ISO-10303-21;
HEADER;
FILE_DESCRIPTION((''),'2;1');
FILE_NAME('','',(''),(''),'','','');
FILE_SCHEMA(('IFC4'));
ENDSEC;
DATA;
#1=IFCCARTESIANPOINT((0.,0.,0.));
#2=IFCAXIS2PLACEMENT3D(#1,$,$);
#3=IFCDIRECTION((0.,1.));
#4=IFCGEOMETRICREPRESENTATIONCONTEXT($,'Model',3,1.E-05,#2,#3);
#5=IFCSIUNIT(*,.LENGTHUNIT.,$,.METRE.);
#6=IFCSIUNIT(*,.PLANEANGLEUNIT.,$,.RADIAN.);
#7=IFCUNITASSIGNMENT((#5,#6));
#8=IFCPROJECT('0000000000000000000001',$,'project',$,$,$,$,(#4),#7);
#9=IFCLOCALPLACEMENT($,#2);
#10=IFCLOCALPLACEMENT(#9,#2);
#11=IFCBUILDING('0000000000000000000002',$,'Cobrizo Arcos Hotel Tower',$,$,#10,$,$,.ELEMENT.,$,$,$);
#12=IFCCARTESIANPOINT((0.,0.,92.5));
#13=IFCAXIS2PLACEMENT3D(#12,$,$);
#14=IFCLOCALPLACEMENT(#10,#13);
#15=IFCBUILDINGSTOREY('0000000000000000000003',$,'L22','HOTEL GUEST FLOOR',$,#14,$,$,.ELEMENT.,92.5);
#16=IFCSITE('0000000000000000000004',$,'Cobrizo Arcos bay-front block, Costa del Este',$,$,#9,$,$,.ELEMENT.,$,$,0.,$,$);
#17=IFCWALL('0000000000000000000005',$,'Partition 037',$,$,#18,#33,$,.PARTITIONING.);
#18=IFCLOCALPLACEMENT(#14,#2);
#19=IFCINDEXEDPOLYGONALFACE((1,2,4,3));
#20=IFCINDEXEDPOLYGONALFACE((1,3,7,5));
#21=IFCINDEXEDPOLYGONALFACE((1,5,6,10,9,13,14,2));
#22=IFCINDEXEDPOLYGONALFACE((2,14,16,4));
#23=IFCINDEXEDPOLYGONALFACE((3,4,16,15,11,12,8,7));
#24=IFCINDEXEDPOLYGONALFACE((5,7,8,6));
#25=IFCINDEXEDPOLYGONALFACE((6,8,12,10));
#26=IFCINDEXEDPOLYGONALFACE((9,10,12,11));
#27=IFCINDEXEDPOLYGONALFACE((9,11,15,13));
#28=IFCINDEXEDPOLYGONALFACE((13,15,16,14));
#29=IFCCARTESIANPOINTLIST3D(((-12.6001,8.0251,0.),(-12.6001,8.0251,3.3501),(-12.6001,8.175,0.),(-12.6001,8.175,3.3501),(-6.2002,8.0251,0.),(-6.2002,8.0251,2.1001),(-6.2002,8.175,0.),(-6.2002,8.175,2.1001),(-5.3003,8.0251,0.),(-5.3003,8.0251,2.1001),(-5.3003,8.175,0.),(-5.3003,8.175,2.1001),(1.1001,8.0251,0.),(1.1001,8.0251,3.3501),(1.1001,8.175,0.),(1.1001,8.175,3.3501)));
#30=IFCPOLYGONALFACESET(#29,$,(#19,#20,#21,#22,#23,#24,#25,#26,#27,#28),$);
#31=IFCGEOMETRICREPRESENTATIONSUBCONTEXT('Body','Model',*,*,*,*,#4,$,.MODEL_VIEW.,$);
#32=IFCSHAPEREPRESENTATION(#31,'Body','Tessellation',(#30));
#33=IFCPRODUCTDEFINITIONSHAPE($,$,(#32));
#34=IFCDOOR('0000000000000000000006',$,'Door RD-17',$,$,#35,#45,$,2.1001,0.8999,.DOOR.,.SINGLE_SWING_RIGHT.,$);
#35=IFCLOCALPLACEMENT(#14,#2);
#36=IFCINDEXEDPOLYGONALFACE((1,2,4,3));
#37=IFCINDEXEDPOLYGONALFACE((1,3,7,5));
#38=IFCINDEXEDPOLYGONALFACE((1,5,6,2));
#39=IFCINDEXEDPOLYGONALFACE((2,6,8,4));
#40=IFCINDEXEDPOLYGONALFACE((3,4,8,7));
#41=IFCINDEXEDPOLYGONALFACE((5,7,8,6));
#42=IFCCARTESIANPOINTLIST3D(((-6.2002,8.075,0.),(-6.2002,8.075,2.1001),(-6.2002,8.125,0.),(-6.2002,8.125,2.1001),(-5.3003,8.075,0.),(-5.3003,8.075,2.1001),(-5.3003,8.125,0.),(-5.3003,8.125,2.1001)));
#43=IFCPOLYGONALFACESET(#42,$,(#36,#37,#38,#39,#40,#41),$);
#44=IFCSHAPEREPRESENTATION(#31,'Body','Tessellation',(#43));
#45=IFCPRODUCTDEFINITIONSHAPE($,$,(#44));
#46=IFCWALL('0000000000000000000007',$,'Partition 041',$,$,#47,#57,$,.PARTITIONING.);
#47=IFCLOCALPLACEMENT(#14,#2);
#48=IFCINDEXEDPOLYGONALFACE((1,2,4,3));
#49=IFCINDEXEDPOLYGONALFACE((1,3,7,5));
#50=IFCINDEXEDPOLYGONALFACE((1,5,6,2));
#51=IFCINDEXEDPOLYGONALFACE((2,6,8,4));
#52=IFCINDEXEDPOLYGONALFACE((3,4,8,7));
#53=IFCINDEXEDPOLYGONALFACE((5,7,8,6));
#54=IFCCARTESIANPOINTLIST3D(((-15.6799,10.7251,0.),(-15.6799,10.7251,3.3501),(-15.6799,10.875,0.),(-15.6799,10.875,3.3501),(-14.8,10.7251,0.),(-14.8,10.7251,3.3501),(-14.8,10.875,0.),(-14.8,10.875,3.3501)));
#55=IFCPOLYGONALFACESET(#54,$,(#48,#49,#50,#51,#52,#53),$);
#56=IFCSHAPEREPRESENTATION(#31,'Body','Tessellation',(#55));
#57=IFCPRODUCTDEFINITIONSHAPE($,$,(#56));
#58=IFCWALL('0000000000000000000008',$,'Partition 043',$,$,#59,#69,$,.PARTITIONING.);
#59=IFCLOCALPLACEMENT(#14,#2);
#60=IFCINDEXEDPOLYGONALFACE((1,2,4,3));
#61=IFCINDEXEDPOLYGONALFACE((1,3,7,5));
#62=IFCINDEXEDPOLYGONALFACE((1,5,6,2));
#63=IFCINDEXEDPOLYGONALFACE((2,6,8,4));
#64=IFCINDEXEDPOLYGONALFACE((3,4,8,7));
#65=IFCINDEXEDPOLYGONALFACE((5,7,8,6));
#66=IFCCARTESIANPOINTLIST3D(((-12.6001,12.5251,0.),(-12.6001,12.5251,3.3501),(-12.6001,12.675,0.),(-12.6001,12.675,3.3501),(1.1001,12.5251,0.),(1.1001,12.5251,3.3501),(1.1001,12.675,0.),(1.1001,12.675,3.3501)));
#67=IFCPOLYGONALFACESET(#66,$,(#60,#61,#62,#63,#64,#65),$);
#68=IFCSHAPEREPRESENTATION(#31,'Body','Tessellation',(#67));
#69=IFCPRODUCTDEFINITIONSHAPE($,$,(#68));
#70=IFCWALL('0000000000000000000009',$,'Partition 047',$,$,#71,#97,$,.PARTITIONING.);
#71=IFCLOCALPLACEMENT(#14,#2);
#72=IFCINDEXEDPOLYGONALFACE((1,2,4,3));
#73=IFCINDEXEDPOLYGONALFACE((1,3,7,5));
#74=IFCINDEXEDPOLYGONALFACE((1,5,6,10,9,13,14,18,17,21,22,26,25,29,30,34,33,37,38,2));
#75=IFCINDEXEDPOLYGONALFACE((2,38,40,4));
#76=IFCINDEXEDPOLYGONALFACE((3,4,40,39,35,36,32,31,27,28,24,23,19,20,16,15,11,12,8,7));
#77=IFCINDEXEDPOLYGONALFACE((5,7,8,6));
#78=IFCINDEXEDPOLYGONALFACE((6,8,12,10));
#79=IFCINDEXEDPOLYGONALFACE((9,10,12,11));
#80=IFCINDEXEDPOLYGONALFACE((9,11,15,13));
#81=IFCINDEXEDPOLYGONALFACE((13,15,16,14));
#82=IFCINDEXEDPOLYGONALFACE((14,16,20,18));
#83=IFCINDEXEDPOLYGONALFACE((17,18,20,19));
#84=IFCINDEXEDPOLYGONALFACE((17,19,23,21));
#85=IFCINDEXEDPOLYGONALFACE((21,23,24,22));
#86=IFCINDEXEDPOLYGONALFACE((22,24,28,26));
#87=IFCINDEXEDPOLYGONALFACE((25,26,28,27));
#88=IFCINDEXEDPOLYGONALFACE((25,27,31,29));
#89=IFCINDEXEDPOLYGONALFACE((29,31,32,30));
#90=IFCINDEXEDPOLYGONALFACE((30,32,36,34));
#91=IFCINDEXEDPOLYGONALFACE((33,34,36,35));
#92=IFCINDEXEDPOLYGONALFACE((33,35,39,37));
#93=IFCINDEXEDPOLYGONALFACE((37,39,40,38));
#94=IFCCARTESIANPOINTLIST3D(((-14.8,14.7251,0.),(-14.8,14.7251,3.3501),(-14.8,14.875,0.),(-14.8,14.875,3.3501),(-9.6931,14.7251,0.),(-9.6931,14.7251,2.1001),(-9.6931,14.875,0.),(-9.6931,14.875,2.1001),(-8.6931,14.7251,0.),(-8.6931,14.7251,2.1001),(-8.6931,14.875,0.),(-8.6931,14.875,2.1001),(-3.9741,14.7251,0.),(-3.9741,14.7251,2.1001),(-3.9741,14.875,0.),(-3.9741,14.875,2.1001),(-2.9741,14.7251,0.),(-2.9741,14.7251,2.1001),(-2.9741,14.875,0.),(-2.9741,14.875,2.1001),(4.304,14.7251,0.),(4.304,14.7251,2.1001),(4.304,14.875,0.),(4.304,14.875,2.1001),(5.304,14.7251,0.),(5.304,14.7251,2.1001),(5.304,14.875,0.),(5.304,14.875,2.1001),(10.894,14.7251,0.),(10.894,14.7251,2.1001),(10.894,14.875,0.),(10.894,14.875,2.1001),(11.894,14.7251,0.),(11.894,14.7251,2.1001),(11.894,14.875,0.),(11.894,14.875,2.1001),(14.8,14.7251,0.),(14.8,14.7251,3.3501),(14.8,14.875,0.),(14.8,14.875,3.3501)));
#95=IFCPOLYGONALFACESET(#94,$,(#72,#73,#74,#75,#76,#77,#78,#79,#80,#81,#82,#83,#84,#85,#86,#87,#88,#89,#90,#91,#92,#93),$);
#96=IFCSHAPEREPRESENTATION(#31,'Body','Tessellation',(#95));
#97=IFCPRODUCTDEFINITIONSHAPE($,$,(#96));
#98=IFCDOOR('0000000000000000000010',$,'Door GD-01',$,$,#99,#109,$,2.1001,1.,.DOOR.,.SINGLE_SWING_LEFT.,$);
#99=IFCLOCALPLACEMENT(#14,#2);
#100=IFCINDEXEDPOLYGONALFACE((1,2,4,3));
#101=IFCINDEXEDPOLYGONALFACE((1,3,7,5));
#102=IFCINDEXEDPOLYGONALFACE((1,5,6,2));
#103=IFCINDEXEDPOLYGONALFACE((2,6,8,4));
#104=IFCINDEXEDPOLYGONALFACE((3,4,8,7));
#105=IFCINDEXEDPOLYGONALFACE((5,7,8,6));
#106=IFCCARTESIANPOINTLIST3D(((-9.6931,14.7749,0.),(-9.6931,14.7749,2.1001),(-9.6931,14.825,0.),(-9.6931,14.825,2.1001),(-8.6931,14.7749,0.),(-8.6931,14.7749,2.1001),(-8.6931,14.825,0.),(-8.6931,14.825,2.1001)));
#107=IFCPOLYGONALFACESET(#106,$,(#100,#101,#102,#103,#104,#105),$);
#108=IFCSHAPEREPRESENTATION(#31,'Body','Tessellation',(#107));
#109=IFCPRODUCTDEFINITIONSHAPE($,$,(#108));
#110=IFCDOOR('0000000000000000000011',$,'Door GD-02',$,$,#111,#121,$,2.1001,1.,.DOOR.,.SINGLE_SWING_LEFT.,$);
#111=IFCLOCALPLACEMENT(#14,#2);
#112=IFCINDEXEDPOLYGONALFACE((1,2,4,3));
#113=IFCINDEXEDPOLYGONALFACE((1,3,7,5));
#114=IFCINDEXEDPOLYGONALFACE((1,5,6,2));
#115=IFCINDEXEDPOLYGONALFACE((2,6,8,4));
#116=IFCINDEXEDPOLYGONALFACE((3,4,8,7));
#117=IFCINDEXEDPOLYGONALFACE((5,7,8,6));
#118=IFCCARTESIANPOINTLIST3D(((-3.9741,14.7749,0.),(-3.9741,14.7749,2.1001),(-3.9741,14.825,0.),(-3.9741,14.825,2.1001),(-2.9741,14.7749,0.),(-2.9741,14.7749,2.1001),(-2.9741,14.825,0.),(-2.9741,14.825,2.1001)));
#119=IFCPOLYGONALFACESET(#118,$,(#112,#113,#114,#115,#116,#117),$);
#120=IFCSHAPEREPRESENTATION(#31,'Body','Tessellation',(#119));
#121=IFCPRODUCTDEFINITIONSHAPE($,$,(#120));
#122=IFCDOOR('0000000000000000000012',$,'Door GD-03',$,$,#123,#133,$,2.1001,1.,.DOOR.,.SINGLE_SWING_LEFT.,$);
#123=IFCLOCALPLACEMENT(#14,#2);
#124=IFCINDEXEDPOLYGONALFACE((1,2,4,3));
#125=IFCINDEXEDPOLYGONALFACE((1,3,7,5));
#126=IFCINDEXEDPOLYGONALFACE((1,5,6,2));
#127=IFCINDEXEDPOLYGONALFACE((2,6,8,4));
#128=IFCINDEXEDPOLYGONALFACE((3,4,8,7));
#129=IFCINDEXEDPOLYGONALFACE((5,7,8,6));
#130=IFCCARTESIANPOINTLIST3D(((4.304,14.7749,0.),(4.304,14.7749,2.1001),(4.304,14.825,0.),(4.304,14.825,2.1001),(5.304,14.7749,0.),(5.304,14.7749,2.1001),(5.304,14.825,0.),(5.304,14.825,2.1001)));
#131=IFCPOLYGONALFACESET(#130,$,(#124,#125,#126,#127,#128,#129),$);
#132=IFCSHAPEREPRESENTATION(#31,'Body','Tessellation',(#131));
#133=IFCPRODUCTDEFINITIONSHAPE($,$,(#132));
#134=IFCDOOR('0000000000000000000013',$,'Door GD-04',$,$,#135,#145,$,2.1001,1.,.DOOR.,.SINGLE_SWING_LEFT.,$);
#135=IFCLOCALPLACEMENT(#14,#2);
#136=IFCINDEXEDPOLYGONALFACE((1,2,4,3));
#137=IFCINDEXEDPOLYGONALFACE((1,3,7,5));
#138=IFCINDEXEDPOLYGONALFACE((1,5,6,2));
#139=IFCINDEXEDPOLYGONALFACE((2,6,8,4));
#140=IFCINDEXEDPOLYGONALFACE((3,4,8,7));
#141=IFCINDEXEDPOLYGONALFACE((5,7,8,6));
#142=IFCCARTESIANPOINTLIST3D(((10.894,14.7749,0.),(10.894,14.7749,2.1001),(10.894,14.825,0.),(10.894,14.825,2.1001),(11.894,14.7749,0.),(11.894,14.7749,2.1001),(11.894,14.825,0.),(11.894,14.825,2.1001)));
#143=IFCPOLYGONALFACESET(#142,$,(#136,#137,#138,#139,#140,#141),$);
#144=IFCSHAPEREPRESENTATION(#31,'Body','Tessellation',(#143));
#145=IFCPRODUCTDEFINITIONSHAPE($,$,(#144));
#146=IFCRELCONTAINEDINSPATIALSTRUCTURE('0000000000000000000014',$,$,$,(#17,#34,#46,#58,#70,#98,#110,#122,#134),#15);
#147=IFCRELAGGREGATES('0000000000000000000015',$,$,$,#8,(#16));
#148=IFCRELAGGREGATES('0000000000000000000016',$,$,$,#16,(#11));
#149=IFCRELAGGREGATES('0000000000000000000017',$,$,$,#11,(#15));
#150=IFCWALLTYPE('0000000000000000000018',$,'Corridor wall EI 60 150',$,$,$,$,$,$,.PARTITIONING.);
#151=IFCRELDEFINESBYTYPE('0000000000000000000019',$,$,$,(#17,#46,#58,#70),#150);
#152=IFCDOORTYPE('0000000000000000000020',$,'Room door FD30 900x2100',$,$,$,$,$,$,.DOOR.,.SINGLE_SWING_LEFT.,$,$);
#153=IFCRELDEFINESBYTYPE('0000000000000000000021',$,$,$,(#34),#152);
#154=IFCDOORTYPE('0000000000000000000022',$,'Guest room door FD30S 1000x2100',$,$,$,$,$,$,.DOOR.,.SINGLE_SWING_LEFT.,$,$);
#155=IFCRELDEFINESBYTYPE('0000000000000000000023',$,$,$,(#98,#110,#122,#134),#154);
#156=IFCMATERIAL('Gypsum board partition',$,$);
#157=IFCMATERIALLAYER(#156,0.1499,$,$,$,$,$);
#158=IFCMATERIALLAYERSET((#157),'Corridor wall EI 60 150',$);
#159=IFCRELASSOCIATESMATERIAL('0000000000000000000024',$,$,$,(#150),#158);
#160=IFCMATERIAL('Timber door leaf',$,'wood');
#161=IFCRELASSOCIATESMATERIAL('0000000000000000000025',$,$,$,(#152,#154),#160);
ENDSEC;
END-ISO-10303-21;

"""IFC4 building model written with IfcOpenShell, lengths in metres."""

from ifc_helpers import new_model, si_unit, direction, frame, frame_2d, origin, place, context, subcontext, project, spatial, rectangle, extrude, material, layer, layer_set, type_object, element, fill, save


model = new_model("IFC4")

# Units and contexts
model_context = context("Model", 3, precision=1e-05, world=origin(), true_north=direction((0.0, 1.0)))
body_context = subcontext(model_context, "Body", "Model", "MODEL_VIEW")
ifc_project = project(units=[si_unit("LENGTHUNIT", "METRE"), si_unit("PLANEANGLEUNIT", "RADIAN")], contexts=[model_context])

# Site, building, storey
site_placement = place(None, origin())
site = spatial("IfcSite", under=ifc_project, at=site_placement, Name="Cobrizo Arcos bay-front block, Costa del Este", CompositionType="ELEMENT", RefElevation=0.0)
building_placement = place(site_placement, origin())
building = spatial("IfcBuilding", under=site, at=building_placement, Name="Cobrizo Arcos Hotel Tower", CompositionType="ELEMENT")
storey_placement = place(building_placement, frame((0.0, 0.0, 92.5)))
storey = spatial("IfcBuildingStorey", under=building, at=storey_placement, Name="L22", Description="HOTEL GUEST FLOOR", CompositionType="ELEMENT", Elevation=92.5)

# Shared definitions
ifc_material_1 = material(Name="Gypsum board partition")
ifc_layer_1 = layer(ifc_material_1, 0.1499)
ifc_layer_set_1 = layer_set([ifc_layer_1], Name="Corridor wall EI 60 150")
wall_type_1 = type_object("IfcWallType", Name="Corridor wall EI 60 150", PredefinedType="PARTITIONING", material=ifc_layer_set_1)

# Wall, opening, door
wall_1_placement = place(storey_placement, frame((-12.6001, 8.1001, 0.0), z_axis=(0.0, 0.0, 1.0), x_axis=(1.0, 0.0, 0.0)))
wall_1 = element("IfcWall", 1, at=wall_1_placement, inside=storey, type_object=wall_type_1, Name="Partition 037", PredefinedType="PARTITIONING", context=body_context, shape_type="SweptSolid", body=[
    extrude(rectangle(XDim=13.7002, YDim=0.1499, at=frame_2d((6.8501, 0.0))), origin(), (0.0, 0.0, 1.0), 3.3501),
])
opening_1_placement = place(wall_1_placement, frame((6.3999, 0.0, 0.0)))
opening_1 = element("IfcOpeningElement", 2, at=opening_1_placement, cuts=wall_1, PredefinedType="OPENING", context=body_context, shape_type="SweptSolid", body=[
    extrude(rectangle(XDim=0.8999, YDim=2.1001, at=frame_2d((0.45, 1.05))), frame((0.0, 0.0869, 0.0), z_axis=(0.0, -1.0, 0.0), x_axis=(1.0, 0.0, 0.0)), (0.0, 0.0, 1.0), 0.1738),
])
ifc_material_2 = material(Name="Timber door leaf", Category="wood")
door_type_1 = type_object("IfcDoorType", Name="Room door FD30 900x2100", OperationType="SINGLE_SWING_LEFT", PredefinedType="DOOR", material=ifc_material_2)
door_1_placement = place(opening_1_placement, origin())
door_1 = element("IfcDoor", 3, at=door_1_placement, inside=storey, type_object=door_type_1, Name="Door RD-17", OperationType="SINGLE_SWING_RIGHT", OverallHeight=2.1001, OverallWidth=0.8999, PredefinedType="DOOR", context=body_context, shape_type="SweptSolid", body=[
    extrude(rectangle(XDim=0.8999, YDim=2.1001, at=frame_2d((0.45, 1.05))), frame((0.0, 0.0249, 0.0), z_axis=(0.0, -1.0, 0.0), x_axis=(1.0, 0.0, 0.0)), (0.0, 0.0, 1.0), 0.05),
])
fill(opening_1, door_1)

# Walls
wall_2_placement = place(storey_placement, frame((-15.6799, 10.8, 0.0), z_axis=(0.0, 0.0, 1.0), x_axis=(1.0, 0.0, 0.0)))
element("IfcWall", 4, at=wall_2_placement, inside=storey, type_object=wall_type_1, Name="Partition 041", PredefinedType="PARTITIONING", context=body_context, shape_type="SweptSolid", body=[
    extrude(rectangle(XDim=0.8799, YDim=0.1499, at=frame_2d((0.4399, 0.0))), origin(), (0.0, 0.0, 1.0), 3.3501),
])
wall_3_placement = place(storey_placement, frame((-12.6001, 12.6001, 0.0), z_axis=(0.0, 0.0, 1.0), x_axis=(1.0, 0.0, 0.0)))
element("IfcWall", 5, at=wall_3_placement, inside=storey, type_object=wall_type_1, Name="Partition 043", PredefinedType="PARTITIONING", context=body_context, shape_type="SweptSolid", body=[
    extrude(rectangle(XDim=13.7002, YDim=0.1499, at=frame_2d((6.8501, 0.0))), origin(), (0.0, 0.0, 1.0), 3.3501),
])

# Wall, openings, doors
wall_4_placement = place(storey_placement, frame((-14.8, 14.8, 0.0), z_axis=(0.0, 0.0, 1.0), x_axis=(1.0, 0.0, 0.0)))
wall_4 = element("IfcWall", 6, at=wall_4_placement, inside=storey, type_object=wall_type_1, Name="Partition 047", PredefinedType="PARTITIONING", context=body_context, shape_type="SweptSolid", body=[
    extrude(rectangle(XDim=29.6001, YDim=0.1499, at=frame_2d((14.8, 0.0))), origin(), (0.0, 0.0, 1.0), 3.3501),
])
opening_2_placement = place(wall_4_placement, frame((5.1069, 0.0, 0.0)))
opening_2 = element("IfcOpeningElement", 7, at=opening_2_placement, cuts=wall_4, PredefinedType="OPENING", context=body_context, shape_type="SweptSolid", body=[
    extrude(rectangle(XDim=1.0, YDim=2.1001, at=frame_2d((0.5, 1.05))), frame((0.0, 0.0869, 0.0), z_axis=(0.0, -1.0, 0.0), x_axis=(1.0, 0.0, 0.0)), (0.0, 0.0, 1.0), 0.1738),
])
opening_3_placement = place(wall_4_placement, frame((10.8259, 0.0, 0.0)))
opening_3 = element("IfcOpeningElement", 8, at=opening_3_placement, cuts=wall_4, PredefinedType="OPENING", context=body_context, shape_type="SweptSolid", body=[
    extrude(rectangle(XDim=1.0, YDim=2.1001, at=frame_2d((0.5, 1.05))), frame((0.0, 0.0869, 0.0), z_axis=(0.0, -1.0, 0.0), x_axis=(1.0, 0.0, 0.0)), (0.0, 0.0, 1.0), 0.1738),
])
opening_4_placement = place(wall_4_placement, frame((19.104, 0.0, 0.0)))
opening_4 = element("IfcOpeningElement", 9, at=opening_4_placement, cuts=wall_4, PredefinedType="OPENING", context=body_context, shape_type="SweptSolid", body=[
    extrude(rectangle(XDim=1.0, YDim=2.1001, at=frame_2d((0.5, 1.05))), frame((0.0, 0.0869, 0.0), z_axis=(0.0, -1.0, 0.0), x_axis=(1.0, 0.0, 0.0)), (0.0, 0.0, 1.0), 0.1738),
])
opening_5_placement = place(wall_4_placement, frame((25.6941, 0.0, 0.0)))
opening_5 = element("IfcOpeningElement", 10, at=opening_5_placement, cuts=wall_4, PredefinedType="OPENING", context=body_context, shape_type="SweptSolid", body=[
    extrude(rectangle(XDim=1.0, YDim=2.1001, at=frame_2d((0.5, 1.05))), frame((0.0, 0.0869, 0.0), z_axis=(0.0, -1.0, 0.0), x_axis=(1.0, 0.0, 0.0)), (0.0, 0.0, 1.0), 0.1738),
])
door_type_2 = type_object("IfcDoorType", Name="Guest room door FD30S 1000x2100", OperationType="SINGLE_SWING_LEFT", PredefinedType="DOOR", material=ifc_material_2)
door_2_placement = place(opening_2_placement, origin())
door_2 = element("IfcDoor", 11, at=door_2_placement, inside=storey, type_object=door_type_2, Name="Door GD-01", OperationType="SINGLE_SWING_LEFT", OverallHeight=2.1001, OverallWidth=1.0, PredefinedType="DOOR", context=body_context, shape_type="SweptSolid", body=[
    extrude(rectangle(XDim=1.0, YDim=2.1001, at=frame_2d((0.5, 1.05))), frame((0.0, 0.0249, 0.0), z_axis=(0.0, -1.0, 0.0), x_axis=(1.0, 0.0, 0.0)), (0.0, 0.0, 1.0), 0.05),
])
fill(opening_2, door_2)
door_3_placement = place(opening_3_placement, origin())
door_3 = element("IfcDoor", 12, at=door_3_placement, inside=storey, type_object=door_type_2, Name="Door GD-02", OperationType="SINGLE_SWING_LEFT", OverallHeight=2.1001, OverallWidth=1.0, PredefinedType="DOOR", context=body_context, shape_type="SweptSolid", body=[
    extrude(rectangle(XDim=1.0, YDim=2.1001, at=frame_2d((0.5, 1.05))), frame((0.0, 0.0249, 0.0), z_axis=(0.0, -1.0, 0.0), x_axis=(1.0, 0.0, 0.0)), (0.0, 0.0, 1.0), 0.05),
])
fill(opening_3, door_3)
door_4_placement = place(opening_4_placement, origin())
door_4 = element("IfcDoor", 13, at=door_4_placement, inside=storey, type_object=door_type_2, Name="Door GD-03", OperationType="SINGLE_SWING_LEFT", OverallHeight=2.1001, OverallWidth=1.0, PredefinedType="DOOR", context=body_context, shape_type="SweptSolid", body=[
    extrude(rectangle(XDim=1.0, YDim=2.1001, at=frame_2d((0.5, 1.05))), frame((0.0, 0.0249, 0.0), z_axis=(0.0, -1.0, 0.0), x_axis=(1.0, 0.0, 0.0)), (0.0, 0.0, 1.0), 0.05),
])
fill(opening_4, door_4)
door_5_placement = place(opening_5_placement, origin())
door_5 = element("IfcDoor", 14, at=door_5_placement, inside=storey, type_object=door_type_2, Name="Door GD-04", OperationType="SINGLE_SWING_LEFT", OverallHeight=2.1001, OverallWidth=1.0, PredefinedType="DOOR", context=body_context, shape_type="SweptSolid", body=[
    extrude(rectangle(XDim=1.0, YDim=2.1001, at=frame_2d((0.5, 1.05))), frame((0.0, 0.0249, 0.0), z_axis=(0.0, -1.0, 0.0), x_axis=(1.0, 0.0, 0.0)), (0.0, 0.0, 1.0), 0.05),
])
fill(opening_5, door_5)

save(model, "model.ifc")
